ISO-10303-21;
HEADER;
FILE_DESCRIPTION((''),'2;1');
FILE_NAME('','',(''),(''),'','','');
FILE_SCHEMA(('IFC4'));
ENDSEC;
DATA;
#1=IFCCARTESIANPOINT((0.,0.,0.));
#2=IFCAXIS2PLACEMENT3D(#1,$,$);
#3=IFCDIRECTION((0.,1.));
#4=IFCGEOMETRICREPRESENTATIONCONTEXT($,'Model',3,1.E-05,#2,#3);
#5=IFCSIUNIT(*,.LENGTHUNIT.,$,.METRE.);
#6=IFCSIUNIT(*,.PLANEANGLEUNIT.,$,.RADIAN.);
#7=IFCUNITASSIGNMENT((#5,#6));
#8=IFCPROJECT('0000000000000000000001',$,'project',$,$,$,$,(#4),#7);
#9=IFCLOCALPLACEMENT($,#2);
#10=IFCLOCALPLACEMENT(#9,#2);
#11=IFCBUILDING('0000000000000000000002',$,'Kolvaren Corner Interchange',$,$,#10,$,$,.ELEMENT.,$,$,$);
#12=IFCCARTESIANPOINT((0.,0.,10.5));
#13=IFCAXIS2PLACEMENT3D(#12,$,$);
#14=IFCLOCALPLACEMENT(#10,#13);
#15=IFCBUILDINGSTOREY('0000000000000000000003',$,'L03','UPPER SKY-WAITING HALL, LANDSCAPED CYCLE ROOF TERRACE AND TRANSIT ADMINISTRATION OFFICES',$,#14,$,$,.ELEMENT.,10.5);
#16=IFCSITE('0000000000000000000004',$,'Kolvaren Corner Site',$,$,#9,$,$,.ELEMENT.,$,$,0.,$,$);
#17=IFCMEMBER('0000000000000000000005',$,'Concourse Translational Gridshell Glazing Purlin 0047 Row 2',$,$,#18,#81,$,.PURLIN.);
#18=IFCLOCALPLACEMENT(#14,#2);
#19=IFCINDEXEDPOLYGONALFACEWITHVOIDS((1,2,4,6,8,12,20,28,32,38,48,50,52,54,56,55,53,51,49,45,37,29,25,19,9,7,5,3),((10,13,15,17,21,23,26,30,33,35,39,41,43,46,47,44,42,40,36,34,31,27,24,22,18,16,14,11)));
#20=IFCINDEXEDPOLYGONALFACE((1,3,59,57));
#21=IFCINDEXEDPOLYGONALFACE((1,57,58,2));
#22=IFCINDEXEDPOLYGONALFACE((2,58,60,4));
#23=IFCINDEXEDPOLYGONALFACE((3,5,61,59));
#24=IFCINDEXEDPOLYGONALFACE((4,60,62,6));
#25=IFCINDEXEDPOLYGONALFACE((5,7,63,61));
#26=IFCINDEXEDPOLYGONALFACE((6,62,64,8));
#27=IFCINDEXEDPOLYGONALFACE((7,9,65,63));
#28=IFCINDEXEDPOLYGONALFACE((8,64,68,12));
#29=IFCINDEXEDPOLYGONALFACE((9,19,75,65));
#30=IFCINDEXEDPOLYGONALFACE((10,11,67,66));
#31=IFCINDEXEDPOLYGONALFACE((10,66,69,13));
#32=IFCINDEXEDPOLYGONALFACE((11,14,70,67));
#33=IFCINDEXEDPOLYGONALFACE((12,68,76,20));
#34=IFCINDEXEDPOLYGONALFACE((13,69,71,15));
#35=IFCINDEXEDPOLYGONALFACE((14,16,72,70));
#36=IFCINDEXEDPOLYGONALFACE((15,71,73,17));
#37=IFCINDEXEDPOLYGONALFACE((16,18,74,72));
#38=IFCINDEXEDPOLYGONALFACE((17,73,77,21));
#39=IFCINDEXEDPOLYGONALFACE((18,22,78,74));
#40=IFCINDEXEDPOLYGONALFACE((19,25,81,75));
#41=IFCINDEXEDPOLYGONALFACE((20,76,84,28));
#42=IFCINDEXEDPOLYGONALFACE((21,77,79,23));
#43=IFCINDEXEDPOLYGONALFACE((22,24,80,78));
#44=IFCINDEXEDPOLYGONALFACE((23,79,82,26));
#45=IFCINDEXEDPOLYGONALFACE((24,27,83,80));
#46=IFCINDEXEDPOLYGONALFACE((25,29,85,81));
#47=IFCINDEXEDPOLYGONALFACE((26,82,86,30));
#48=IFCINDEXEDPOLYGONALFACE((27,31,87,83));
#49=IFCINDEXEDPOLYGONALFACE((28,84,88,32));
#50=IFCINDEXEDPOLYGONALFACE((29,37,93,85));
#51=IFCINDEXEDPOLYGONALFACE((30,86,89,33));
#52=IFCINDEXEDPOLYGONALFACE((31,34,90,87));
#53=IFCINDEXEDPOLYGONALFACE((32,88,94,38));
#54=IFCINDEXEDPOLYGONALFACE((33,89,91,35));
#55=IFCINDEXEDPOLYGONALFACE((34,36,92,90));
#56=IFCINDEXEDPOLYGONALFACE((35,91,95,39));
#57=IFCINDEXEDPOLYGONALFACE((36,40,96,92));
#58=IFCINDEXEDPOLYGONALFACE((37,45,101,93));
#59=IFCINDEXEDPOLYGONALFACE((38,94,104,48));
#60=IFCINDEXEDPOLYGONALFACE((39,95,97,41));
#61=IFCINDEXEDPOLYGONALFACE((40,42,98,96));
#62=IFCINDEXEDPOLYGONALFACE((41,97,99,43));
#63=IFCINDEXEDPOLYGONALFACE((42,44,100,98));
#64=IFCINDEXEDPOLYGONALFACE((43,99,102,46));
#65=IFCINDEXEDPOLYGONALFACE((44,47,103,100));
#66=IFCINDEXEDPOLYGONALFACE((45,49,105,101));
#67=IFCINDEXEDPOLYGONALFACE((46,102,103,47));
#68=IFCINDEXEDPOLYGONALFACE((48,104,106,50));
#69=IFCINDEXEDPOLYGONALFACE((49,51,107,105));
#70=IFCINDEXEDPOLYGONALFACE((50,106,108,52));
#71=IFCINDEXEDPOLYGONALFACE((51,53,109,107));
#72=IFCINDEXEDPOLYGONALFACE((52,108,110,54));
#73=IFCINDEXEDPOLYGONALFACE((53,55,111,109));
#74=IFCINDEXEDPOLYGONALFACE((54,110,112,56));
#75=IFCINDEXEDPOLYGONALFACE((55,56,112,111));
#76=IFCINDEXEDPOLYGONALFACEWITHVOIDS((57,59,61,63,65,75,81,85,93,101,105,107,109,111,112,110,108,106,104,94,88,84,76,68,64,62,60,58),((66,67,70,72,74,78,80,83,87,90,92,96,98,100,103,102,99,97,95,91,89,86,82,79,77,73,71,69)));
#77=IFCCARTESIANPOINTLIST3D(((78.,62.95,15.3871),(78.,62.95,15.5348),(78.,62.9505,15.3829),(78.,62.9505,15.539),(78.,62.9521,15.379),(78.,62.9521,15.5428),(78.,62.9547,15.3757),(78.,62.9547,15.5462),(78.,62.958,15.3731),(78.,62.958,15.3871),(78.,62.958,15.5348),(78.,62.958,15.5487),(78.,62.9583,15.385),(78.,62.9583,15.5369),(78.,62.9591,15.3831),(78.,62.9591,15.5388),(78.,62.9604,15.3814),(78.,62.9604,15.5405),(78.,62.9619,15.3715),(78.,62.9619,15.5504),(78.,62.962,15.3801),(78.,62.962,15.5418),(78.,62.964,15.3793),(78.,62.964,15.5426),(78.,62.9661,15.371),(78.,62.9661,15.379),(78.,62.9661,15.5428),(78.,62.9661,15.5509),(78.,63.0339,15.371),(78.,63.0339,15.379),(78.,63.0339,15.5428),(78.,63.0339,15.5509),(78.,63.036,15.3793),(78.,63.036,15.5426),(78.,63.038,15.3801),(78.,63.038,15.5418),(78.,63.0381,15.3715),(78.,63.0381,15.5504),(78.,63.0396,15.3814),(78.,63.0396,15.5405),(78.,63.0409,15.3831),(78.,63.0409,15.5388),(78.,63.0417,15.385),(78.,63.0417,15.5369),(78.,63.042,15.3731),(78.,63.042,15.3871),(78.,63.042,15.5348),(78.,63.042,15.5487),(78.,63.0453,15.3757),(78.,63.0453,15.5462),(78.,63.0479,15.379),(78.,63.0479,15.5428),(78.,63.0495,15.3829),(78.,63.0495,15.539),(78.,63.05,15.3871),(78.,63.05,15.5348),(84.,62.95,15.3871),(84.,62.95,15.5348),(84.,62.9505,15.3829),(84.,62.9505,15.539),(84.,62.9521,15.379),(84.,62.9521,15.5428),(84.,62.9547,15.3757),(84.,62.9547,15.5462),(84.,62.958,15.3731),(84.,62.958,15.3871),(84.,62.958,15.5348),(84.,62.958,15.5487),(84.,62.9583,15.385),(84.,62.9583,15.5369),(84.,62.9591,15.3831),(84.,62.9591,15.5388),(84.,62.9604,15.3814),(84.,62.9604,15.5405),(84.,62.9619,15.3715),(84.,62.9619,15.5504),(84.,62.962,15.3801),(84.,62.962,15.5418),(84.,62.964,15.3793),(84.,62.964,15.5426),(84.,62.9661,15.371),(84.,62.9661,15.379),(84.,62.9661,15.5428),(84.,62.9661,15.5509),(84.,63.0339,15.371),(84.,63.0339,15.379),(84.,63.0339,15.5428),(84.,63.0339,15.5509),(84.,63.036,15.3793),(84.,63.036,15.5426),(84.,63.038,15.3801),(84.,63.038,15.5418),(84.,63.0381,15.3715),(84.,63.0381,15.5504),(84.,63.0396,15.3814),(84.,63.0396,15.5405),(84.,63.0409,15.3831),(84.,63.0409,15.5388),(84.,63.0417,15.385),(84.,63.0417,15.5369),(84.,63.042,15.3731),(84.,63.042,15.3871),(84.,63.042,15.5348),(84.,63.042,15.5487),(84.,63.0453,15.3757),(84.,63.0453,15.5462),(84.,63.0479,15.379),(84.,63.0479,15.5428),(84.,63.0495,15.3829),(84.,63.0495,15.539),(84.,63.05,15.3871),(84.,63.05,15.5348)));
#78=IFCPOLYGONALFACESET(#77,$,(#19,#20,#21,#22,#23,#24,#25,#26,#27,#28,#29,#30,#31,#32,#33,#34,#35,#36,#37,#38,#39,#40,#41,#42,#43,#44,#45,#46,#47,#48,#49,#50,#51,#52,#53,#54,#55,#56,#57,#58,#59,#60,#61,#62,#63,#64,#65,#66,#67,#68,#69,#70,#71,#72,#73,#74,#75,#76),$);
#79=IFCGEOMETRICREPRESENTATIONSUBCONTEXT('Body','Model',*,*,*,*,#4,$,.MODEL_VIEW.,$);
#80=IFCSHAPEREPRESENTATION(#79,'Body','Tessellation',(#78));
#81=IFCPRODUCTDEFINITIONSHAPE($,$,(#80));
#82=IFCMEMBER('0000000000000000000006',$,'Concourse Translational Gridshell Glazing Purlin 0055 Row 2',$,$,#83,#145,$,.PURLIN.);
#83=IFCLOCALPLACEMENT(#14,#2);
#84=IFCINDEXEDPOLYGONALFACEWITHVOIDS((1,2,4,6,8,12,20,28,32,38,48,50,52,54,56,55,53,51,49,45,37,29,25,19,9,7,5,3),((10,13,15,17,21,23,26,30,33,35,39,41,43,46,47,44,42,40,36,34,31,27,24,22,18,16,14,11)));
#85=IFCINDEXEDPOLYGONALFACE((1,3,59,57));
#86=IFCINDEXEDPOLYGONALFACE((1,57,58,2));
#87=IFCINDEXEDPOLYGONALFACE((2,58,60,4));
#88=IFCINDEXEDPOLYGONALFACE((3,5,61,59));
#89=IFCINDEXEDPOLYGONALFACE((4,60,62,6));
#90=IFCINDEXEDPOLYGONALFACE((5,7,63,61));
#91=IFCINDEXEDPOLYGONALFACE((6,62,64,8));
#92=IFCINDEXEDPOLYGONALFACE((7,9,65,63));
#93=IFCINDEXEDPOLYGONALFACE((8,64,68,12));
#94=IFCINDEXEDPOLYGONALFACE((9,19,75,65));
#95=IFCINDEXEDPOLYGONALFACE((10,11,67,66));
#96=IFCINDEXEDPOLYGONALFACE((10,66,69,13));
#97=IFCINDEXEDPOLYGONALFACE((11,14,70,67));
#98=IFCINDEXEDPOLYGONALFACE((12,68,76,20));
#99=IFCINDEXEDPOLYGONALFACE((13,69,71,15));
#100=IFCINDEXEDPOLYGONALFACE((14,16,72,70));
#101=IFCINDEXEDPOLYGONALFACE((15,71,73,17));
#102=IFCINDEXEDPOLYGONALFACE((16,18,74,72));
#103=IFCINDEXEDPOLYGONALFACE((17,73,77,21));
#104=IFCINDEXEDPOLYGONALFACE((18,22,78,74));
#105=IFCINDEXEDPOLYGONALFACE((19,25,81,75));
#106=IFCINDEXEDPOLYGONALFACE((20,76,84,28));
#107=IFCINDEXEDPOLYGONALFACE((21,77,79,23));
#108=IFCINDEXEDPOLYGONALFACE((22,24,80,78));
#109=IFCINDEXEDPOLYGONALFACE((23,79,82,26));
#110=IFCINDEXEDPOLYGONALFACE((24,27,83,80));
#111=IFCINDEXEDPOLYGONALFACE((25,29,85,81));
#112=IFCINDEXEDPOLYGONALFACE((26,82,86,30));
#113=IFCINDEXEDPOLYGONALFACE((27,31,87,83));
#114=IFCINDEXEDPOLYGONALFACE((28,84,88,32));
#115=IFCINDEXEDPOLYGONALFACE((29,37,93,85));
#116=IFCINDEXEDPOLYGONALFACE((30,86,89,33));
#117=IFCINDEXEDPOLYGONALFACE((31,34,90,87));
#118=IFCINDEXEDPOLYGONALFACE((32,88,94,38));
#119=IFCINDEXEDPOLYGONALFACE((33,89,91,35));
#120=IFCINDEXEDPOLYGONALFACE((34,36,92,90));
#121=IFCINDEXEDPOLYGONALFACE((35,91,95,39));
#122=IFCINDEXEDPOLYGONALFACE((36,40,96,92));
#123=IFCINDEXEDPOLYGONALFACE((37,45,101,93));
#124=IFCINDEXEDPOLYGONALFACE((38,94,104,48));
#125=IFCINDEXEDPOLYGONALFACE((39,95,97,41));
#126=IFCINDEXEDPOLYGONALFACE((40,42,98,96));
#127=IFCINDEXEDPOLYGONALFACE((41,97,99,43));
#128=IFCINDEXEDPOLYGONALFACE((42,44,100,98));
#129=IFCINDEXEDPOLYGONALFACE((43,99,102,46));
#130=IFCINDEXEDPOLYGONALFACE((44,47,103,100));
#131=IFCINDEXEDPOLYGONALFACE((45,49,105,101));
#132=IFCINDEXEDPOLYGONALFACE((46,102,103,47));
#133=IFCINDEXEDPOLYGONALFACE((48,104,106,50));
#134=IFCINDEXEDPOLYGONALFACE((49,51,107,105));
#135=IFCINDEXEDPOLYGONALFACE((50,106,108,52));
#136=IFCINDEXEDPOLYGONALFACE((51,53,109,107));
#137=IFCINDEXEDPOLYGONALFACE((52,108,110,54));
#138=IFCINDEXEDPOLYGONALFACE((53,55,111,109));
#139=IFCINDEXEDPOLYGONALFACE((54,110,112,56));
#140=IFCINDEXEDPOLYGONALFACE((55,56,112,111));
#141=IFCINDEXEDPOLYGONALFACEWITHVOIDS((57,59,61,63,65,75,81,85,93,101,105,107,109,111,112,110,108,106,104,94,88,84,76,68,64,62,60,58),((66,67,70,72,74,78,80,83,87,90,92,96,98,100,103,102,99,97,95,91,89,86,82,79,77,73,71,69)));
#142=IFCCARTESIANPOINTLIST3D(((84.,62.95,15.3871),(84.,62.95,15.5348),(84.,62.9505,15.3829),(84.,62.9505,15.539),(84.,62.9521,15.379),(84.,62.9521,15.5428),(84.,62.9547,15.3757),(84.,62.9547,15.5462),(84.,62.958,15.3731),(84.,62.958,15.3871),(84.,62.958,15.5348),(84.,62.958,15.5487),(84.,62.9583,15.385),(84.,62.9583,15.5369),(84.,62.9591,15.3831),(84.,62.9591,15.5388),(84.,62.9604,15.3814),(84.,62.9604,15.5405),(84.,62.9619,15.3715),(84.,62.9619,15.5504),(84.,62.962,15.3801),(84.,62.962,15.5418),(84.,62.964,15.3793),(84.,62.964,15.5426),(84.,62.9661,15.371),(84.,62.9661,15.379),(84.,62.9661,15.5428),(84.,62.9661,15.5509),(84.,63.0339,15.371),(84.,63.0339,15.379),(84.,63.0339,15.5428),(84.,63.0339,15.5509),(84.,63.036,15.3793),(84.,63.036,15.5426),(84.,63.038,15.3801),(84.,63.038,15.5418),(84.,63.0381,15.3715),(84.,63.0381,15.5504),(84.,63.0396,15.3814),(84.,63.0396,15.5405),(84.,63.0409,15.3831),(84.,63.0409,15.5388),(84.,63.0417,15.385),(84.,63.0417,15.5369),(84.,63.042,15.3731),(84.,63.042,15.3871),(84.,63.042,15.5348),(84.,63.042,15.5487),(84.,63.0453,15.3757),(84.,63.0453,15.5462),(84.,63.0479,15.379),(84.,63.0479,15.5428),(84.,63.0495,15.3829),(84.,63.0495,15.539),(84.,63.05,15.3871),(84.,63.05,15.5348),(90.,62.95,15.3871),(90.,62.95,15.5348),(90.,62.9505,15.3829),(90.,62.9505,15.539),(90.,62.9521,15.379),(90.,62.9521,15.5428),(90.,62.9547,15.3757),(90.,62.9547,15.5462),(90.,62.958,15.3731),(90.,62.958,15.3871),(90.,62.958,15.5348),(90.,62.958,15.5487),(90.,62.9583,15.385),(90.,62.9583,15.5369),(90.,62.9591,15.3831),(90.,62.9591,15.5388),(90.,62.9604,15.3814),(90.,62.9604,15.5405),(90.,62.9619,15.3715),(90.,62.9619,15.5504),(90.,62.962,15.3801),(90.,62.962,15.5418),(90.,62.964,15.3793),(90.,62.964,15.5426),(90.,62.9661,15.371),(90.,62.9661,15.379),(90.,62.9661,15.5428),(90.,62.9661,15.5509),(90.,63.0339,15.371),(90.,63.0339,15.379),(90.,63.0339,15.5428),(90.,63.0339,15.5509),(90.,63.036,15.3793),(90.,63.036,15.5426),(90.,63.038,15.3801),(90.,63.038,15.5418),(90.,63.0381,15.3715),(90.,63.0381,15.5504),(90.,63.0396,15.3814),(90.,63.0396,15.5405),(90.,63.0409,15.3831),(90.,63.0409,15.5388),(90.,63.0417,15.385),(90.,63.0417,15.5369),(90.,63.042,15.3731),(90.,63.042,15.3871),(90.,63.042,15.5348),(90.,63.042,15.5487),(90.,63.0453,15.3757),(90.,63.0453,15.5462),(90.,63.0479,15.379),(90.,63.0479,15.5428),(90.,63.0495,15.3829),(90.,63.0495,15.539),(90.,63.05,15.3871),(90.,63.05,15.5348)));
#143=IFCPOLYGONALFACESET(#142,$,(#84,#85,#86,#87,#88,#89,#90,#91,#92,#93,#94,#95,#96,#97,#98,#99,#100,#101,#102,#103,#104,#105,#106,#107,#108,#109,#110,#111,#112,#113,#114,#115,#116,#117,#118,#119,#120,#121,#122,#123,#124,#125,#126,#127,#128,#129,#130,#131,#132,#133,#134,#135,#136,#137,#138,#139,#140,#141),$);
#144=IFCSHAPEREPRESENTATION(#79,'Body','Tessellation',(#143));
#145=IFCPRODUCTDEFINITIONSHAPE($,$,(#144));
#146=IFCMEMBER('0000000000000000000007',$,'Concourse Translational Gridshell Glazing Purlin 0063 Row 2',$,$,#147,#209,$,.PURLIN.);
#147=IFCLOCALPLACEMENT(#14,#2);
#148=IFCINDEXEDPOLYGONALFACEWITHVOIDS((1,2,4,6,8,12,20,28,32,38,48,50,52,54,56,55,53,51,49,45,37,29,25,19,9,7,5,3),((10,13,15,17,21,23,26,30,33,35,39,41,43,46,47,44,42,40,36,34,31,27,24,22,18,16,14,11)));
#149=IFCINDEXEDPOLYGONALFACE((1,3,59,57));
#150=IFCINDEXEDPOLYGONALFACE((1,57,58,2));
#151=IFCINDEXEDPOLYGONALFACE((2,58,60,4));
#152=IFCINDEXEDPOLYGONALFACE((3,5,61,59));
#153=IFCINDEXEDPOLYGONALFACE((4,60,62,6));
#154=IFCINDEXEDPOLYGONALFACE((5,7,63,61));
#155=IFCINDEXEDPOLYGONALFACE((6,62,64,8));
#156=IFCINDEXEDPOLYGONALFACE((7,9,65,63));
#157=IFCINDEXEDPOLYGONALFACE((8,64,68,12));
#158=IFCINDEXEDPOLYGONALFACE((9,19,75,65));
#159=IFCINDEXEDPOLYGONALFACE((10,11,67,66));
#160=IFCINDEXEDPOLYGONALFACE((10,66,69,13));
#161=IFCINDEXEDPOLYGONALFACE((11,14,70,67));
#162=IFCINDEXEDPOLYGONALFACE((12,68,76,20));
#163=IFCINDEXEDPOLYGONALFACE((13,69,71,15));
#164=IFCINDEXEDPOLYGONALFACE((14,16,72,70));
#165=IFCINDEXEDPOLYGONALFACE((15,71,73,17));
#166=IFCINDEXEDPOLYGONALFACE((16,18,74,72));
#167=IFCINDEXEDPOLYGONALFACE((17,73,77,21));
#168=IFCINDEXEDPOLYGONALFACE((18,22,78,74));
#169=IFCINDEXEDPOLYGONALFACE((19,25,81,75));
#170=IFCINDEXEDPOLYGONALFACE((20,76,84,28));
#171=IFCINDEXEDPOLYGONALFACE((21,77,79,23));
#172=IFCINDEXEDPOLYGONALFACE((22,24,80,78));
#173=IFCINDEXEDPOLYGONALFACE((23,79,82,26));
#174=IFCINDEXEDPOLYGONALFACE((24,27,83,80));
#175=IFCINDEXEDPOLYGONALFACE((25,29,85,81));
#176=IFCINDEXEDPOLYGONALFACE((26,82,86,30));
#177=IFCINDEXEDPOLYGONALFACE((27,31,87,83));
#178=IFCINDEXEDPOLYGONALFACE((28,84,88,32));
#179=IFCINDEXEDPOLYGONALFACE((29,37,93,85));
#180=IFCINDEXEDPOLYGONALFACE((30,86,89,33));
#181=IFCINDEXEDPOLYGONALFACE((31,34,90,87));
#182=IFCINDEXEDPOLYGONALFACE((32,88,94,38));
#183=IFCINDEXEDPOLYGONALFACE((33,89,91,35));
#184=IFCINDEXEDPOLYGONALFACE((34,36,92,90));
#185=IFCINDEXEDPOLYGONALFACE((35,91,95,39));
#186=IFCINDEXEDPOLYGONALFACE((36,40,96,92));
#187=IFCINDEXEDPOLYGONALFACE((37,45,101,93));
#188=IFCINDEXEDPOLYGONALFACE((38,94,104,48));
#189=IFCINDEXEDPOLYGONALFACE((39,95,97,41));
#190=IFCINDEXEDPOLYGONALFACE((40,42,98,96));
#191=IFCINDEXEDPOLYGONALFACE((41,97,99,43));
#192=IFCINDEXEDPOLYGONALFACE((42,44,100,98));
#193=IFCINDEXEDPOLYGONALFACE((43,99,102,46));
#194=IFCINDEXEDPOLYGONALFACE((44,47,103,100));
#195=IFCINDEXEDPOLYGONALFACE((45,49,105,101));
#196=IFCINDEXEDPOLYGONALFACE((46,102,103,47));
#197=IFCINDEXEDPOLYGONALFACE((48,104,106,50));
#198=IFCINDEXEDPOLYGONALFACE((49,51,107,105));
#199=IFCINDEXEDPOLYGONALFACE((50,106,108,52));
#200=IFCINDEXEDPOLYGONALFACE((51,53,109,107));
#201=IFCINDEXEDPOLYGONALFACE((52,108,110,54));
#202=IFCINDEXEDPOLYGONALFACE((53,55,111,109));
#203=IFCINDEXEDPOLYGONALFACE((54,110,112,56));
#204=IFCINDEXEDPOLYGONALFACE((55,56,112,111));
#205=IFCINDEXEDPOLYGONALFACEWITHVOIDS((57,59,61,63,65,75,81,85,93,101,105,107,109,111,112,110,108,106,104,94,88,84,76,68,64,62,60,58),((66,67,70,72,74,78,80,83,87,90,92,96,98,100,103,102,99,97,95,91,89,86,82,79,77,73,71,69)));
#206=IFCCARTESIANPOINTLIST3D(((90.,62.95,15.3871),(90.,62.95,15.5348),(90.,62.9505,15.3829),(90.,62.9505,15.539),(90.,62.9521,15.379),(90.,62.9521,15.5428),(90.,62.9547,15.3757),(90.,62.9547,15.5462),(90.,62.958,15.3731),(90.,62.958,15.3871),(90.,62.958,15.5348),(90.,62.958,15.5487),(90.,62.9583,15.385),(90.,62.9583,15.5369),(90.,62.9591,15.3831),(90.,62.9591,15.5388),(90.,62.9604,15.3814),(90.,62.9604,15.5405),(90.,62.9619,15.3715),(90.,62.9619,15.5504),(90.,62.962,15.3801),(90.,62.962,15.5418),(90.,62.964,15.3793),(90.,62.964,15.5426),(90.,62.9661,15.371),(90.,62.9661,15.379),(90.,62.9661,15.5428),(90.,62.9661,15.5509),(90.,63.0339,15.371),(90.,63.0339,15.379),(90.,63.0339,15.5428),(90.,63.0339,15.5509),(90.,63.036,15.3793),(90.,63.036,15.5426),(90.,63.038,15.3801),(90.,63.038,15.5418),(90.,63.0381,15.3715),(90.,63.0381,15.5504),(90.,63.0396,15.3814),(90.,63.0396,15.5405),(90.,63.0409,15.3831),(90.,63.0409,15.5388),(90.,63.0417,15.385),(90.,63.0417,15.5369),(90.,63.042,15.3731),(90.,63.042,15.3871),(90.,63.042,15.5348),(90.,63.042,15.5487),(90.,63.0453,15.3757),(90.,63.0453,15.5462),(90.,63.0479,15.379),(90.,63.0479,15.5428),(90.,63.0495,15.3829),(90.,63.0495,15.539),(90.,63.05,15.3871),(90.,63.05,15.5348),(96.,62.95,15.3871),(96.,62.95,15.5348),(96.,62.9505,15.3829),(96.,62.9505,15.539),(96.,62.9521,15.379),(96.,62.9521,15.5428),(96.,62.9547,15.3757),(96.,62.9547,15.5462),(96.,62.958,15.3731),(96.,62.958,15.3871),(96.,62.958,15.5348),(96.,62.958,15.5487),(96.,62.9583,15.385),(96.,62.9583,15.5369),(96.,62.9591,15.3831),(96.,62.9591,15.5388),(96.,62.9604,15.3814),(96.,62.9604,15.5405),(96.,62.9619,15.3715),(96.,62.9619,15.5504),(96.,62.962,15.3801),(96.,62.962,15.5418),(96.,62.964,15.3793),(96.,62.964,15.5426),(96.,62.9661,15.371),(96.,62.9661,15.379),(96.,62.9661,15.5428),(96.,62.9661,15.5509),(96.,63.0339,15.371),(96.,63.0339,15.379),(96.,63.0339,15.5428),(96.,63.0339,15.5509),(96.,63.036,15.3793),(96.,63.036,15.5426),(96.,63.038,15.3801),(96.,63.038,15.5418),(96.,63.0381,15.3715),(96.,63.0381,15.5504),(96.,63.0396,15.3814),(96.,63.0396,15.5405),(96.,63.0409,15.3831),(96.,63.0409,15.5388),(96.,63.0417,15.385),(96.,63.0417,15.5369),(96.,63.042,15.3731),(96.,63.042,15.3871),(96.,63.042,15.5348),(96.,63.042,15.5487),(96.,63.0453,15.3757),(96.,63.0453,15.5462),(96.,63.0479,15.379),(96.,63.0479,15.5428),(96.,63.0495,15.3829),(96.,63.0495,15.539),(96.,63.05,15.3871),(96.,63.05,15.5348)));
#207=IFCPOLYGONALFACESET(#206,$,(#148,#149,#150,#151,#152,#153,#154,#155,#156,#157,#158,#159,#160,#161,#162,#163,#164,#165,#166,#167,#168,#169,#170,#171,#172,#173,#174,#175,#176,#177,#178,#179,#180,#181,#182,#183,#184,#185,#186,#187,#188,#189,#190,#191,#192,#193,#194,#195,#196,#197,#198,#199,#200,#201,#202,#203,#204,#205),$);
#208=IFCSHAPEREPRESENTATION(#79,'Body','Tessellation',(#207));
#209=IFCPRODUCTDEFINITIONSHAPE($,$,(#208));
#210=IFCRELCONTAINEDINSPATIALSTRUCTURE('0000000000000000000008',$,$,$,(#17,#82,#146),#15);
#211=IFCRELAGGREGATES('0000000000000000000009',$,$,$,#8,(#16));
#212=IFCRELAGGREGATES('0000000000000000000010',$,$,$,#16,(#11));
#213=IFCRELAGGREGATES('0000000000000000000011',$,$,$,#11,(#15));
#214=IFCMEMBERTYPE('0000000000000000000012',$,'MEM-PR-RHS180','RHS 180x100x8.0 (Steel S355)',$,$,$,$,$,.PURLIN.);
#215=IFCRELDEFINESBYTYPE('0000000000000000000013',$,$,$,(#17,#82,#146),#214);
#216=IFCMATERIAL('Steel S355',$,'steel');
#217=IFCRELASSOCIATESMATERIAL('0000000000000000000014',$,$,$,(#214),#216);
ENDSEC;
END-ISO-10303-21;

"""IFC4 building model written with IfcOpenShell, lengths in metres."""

from ifc_helpers import new_model, si_unit, direction, frame, origin, origin_2d, place, context, subcontext, project, spatial, hollow_rectangle, extrude, material, material_profile, profile_set, type_object, element, save


model = new_model("IFC4")

# Units and contexts
model_context = context("Model", 3, precision=1e-05, world=origin(), true_north=direction((0.0, 1.0)))
body_context = subcontext(model_context, "Body", "Model", "MODEL_VIEW")
ifc_project = project(units=[si_unit("LENGTHUNIT", "METRE"), si_unit("PLANEANGLEUNIT", "RADIAN")], contexts=[model_context])

# Site, building, storey
site_placement = place(None, origin())
site = spatial("IfcSite", under=ifc_project, at=site_placement, Name="Kolvaren Corner Site", CompositionType="ELEMENT", RefElevation=0.0)
building_placement = place(site_placement, origin())
building = spatial("IfcBuilding", under=site, at=building_placement, Name="Kolvaren Corner Interchange", CompositionType="ELEMENT")
storey_placement = place(building_placement, frame((0.0, 0.0, 10.5)))
storey = spatial("IfcBuildingStorey", under=building, at=storey_placement, Name="L03", Description="UPPER SKY-WAITING HALL, LANDSCAPED CYCLE ROOF TERRACE AND TRANSIT ADMINISTRATION OFFICES", CompositionType="ELEMENT", Elevation=10.5)

# Members
ifc_material_1 = material(Name="Steel S355", Category="steel")
ifc_material_profile_1 = material_profile(ifc_material_1, hollow_rectangle(XDim=0.1001, YDim=0.1799, WallThickness=0.0081, InnerFilletRadius=0.0081, OuterFilletRadius=0.0161, at=origin_2d()), Name="RHS 180x100x8.0")
ifc_profile_set_1 = profile_set([ifc_material_profile_1], Name="Steel S355")
member_type_1 = type_object("IfcMemberType", Name="MEM-PR-RHS180", Description="RHS 180x100x8.0 (Steel S355)", PredefinedType="PURLIN", material=ifc_profile_set_1)
for number, where, z_axis, x_axis, name in (
    (1, (78.0, 63.0, 15.4609), (1.0, 0.0, 0.0), (0.0, 1.0, 0.0), "Concourse Translational Gridshell Glazing Purlin 0047 Row 2"),
    (2, (84.0, 63.0, 15.4609), (1.0, 0.0, 0.0), (0.0, 1.0, 0.0), "Concourse Translational Gridshell Glazing Purlin 0055 Row 2"),
    (3, (90.0, 63.0, 15.4609), (1.0, 0.0, 0.0), (0.0, 1.0, 0.0), "Concourse Translational Gridshell Glazing Purlin 0063 Row 2"),
):
    element("IfcMember", number, at=place(storey_placement, frame(where, z_axis=z_axis, x_axis=x_axis)), inside=storey, type_object=member_type_1, Name=name, PredefinedType="PURLIN", context=body_context, shape_type="SweptSolid", body=[
        extrude(hollow_rectangle(XDim=0.1001, YDim=0.1799, WallThickness=0.0081, InnerFilletRadius=0.0081, OuterFilletRadius=0.0161, at=origin_2d()), origin(), (0.0, 0.0, 1.0), 6.0),
    ])

save(model, "model.ifc")
